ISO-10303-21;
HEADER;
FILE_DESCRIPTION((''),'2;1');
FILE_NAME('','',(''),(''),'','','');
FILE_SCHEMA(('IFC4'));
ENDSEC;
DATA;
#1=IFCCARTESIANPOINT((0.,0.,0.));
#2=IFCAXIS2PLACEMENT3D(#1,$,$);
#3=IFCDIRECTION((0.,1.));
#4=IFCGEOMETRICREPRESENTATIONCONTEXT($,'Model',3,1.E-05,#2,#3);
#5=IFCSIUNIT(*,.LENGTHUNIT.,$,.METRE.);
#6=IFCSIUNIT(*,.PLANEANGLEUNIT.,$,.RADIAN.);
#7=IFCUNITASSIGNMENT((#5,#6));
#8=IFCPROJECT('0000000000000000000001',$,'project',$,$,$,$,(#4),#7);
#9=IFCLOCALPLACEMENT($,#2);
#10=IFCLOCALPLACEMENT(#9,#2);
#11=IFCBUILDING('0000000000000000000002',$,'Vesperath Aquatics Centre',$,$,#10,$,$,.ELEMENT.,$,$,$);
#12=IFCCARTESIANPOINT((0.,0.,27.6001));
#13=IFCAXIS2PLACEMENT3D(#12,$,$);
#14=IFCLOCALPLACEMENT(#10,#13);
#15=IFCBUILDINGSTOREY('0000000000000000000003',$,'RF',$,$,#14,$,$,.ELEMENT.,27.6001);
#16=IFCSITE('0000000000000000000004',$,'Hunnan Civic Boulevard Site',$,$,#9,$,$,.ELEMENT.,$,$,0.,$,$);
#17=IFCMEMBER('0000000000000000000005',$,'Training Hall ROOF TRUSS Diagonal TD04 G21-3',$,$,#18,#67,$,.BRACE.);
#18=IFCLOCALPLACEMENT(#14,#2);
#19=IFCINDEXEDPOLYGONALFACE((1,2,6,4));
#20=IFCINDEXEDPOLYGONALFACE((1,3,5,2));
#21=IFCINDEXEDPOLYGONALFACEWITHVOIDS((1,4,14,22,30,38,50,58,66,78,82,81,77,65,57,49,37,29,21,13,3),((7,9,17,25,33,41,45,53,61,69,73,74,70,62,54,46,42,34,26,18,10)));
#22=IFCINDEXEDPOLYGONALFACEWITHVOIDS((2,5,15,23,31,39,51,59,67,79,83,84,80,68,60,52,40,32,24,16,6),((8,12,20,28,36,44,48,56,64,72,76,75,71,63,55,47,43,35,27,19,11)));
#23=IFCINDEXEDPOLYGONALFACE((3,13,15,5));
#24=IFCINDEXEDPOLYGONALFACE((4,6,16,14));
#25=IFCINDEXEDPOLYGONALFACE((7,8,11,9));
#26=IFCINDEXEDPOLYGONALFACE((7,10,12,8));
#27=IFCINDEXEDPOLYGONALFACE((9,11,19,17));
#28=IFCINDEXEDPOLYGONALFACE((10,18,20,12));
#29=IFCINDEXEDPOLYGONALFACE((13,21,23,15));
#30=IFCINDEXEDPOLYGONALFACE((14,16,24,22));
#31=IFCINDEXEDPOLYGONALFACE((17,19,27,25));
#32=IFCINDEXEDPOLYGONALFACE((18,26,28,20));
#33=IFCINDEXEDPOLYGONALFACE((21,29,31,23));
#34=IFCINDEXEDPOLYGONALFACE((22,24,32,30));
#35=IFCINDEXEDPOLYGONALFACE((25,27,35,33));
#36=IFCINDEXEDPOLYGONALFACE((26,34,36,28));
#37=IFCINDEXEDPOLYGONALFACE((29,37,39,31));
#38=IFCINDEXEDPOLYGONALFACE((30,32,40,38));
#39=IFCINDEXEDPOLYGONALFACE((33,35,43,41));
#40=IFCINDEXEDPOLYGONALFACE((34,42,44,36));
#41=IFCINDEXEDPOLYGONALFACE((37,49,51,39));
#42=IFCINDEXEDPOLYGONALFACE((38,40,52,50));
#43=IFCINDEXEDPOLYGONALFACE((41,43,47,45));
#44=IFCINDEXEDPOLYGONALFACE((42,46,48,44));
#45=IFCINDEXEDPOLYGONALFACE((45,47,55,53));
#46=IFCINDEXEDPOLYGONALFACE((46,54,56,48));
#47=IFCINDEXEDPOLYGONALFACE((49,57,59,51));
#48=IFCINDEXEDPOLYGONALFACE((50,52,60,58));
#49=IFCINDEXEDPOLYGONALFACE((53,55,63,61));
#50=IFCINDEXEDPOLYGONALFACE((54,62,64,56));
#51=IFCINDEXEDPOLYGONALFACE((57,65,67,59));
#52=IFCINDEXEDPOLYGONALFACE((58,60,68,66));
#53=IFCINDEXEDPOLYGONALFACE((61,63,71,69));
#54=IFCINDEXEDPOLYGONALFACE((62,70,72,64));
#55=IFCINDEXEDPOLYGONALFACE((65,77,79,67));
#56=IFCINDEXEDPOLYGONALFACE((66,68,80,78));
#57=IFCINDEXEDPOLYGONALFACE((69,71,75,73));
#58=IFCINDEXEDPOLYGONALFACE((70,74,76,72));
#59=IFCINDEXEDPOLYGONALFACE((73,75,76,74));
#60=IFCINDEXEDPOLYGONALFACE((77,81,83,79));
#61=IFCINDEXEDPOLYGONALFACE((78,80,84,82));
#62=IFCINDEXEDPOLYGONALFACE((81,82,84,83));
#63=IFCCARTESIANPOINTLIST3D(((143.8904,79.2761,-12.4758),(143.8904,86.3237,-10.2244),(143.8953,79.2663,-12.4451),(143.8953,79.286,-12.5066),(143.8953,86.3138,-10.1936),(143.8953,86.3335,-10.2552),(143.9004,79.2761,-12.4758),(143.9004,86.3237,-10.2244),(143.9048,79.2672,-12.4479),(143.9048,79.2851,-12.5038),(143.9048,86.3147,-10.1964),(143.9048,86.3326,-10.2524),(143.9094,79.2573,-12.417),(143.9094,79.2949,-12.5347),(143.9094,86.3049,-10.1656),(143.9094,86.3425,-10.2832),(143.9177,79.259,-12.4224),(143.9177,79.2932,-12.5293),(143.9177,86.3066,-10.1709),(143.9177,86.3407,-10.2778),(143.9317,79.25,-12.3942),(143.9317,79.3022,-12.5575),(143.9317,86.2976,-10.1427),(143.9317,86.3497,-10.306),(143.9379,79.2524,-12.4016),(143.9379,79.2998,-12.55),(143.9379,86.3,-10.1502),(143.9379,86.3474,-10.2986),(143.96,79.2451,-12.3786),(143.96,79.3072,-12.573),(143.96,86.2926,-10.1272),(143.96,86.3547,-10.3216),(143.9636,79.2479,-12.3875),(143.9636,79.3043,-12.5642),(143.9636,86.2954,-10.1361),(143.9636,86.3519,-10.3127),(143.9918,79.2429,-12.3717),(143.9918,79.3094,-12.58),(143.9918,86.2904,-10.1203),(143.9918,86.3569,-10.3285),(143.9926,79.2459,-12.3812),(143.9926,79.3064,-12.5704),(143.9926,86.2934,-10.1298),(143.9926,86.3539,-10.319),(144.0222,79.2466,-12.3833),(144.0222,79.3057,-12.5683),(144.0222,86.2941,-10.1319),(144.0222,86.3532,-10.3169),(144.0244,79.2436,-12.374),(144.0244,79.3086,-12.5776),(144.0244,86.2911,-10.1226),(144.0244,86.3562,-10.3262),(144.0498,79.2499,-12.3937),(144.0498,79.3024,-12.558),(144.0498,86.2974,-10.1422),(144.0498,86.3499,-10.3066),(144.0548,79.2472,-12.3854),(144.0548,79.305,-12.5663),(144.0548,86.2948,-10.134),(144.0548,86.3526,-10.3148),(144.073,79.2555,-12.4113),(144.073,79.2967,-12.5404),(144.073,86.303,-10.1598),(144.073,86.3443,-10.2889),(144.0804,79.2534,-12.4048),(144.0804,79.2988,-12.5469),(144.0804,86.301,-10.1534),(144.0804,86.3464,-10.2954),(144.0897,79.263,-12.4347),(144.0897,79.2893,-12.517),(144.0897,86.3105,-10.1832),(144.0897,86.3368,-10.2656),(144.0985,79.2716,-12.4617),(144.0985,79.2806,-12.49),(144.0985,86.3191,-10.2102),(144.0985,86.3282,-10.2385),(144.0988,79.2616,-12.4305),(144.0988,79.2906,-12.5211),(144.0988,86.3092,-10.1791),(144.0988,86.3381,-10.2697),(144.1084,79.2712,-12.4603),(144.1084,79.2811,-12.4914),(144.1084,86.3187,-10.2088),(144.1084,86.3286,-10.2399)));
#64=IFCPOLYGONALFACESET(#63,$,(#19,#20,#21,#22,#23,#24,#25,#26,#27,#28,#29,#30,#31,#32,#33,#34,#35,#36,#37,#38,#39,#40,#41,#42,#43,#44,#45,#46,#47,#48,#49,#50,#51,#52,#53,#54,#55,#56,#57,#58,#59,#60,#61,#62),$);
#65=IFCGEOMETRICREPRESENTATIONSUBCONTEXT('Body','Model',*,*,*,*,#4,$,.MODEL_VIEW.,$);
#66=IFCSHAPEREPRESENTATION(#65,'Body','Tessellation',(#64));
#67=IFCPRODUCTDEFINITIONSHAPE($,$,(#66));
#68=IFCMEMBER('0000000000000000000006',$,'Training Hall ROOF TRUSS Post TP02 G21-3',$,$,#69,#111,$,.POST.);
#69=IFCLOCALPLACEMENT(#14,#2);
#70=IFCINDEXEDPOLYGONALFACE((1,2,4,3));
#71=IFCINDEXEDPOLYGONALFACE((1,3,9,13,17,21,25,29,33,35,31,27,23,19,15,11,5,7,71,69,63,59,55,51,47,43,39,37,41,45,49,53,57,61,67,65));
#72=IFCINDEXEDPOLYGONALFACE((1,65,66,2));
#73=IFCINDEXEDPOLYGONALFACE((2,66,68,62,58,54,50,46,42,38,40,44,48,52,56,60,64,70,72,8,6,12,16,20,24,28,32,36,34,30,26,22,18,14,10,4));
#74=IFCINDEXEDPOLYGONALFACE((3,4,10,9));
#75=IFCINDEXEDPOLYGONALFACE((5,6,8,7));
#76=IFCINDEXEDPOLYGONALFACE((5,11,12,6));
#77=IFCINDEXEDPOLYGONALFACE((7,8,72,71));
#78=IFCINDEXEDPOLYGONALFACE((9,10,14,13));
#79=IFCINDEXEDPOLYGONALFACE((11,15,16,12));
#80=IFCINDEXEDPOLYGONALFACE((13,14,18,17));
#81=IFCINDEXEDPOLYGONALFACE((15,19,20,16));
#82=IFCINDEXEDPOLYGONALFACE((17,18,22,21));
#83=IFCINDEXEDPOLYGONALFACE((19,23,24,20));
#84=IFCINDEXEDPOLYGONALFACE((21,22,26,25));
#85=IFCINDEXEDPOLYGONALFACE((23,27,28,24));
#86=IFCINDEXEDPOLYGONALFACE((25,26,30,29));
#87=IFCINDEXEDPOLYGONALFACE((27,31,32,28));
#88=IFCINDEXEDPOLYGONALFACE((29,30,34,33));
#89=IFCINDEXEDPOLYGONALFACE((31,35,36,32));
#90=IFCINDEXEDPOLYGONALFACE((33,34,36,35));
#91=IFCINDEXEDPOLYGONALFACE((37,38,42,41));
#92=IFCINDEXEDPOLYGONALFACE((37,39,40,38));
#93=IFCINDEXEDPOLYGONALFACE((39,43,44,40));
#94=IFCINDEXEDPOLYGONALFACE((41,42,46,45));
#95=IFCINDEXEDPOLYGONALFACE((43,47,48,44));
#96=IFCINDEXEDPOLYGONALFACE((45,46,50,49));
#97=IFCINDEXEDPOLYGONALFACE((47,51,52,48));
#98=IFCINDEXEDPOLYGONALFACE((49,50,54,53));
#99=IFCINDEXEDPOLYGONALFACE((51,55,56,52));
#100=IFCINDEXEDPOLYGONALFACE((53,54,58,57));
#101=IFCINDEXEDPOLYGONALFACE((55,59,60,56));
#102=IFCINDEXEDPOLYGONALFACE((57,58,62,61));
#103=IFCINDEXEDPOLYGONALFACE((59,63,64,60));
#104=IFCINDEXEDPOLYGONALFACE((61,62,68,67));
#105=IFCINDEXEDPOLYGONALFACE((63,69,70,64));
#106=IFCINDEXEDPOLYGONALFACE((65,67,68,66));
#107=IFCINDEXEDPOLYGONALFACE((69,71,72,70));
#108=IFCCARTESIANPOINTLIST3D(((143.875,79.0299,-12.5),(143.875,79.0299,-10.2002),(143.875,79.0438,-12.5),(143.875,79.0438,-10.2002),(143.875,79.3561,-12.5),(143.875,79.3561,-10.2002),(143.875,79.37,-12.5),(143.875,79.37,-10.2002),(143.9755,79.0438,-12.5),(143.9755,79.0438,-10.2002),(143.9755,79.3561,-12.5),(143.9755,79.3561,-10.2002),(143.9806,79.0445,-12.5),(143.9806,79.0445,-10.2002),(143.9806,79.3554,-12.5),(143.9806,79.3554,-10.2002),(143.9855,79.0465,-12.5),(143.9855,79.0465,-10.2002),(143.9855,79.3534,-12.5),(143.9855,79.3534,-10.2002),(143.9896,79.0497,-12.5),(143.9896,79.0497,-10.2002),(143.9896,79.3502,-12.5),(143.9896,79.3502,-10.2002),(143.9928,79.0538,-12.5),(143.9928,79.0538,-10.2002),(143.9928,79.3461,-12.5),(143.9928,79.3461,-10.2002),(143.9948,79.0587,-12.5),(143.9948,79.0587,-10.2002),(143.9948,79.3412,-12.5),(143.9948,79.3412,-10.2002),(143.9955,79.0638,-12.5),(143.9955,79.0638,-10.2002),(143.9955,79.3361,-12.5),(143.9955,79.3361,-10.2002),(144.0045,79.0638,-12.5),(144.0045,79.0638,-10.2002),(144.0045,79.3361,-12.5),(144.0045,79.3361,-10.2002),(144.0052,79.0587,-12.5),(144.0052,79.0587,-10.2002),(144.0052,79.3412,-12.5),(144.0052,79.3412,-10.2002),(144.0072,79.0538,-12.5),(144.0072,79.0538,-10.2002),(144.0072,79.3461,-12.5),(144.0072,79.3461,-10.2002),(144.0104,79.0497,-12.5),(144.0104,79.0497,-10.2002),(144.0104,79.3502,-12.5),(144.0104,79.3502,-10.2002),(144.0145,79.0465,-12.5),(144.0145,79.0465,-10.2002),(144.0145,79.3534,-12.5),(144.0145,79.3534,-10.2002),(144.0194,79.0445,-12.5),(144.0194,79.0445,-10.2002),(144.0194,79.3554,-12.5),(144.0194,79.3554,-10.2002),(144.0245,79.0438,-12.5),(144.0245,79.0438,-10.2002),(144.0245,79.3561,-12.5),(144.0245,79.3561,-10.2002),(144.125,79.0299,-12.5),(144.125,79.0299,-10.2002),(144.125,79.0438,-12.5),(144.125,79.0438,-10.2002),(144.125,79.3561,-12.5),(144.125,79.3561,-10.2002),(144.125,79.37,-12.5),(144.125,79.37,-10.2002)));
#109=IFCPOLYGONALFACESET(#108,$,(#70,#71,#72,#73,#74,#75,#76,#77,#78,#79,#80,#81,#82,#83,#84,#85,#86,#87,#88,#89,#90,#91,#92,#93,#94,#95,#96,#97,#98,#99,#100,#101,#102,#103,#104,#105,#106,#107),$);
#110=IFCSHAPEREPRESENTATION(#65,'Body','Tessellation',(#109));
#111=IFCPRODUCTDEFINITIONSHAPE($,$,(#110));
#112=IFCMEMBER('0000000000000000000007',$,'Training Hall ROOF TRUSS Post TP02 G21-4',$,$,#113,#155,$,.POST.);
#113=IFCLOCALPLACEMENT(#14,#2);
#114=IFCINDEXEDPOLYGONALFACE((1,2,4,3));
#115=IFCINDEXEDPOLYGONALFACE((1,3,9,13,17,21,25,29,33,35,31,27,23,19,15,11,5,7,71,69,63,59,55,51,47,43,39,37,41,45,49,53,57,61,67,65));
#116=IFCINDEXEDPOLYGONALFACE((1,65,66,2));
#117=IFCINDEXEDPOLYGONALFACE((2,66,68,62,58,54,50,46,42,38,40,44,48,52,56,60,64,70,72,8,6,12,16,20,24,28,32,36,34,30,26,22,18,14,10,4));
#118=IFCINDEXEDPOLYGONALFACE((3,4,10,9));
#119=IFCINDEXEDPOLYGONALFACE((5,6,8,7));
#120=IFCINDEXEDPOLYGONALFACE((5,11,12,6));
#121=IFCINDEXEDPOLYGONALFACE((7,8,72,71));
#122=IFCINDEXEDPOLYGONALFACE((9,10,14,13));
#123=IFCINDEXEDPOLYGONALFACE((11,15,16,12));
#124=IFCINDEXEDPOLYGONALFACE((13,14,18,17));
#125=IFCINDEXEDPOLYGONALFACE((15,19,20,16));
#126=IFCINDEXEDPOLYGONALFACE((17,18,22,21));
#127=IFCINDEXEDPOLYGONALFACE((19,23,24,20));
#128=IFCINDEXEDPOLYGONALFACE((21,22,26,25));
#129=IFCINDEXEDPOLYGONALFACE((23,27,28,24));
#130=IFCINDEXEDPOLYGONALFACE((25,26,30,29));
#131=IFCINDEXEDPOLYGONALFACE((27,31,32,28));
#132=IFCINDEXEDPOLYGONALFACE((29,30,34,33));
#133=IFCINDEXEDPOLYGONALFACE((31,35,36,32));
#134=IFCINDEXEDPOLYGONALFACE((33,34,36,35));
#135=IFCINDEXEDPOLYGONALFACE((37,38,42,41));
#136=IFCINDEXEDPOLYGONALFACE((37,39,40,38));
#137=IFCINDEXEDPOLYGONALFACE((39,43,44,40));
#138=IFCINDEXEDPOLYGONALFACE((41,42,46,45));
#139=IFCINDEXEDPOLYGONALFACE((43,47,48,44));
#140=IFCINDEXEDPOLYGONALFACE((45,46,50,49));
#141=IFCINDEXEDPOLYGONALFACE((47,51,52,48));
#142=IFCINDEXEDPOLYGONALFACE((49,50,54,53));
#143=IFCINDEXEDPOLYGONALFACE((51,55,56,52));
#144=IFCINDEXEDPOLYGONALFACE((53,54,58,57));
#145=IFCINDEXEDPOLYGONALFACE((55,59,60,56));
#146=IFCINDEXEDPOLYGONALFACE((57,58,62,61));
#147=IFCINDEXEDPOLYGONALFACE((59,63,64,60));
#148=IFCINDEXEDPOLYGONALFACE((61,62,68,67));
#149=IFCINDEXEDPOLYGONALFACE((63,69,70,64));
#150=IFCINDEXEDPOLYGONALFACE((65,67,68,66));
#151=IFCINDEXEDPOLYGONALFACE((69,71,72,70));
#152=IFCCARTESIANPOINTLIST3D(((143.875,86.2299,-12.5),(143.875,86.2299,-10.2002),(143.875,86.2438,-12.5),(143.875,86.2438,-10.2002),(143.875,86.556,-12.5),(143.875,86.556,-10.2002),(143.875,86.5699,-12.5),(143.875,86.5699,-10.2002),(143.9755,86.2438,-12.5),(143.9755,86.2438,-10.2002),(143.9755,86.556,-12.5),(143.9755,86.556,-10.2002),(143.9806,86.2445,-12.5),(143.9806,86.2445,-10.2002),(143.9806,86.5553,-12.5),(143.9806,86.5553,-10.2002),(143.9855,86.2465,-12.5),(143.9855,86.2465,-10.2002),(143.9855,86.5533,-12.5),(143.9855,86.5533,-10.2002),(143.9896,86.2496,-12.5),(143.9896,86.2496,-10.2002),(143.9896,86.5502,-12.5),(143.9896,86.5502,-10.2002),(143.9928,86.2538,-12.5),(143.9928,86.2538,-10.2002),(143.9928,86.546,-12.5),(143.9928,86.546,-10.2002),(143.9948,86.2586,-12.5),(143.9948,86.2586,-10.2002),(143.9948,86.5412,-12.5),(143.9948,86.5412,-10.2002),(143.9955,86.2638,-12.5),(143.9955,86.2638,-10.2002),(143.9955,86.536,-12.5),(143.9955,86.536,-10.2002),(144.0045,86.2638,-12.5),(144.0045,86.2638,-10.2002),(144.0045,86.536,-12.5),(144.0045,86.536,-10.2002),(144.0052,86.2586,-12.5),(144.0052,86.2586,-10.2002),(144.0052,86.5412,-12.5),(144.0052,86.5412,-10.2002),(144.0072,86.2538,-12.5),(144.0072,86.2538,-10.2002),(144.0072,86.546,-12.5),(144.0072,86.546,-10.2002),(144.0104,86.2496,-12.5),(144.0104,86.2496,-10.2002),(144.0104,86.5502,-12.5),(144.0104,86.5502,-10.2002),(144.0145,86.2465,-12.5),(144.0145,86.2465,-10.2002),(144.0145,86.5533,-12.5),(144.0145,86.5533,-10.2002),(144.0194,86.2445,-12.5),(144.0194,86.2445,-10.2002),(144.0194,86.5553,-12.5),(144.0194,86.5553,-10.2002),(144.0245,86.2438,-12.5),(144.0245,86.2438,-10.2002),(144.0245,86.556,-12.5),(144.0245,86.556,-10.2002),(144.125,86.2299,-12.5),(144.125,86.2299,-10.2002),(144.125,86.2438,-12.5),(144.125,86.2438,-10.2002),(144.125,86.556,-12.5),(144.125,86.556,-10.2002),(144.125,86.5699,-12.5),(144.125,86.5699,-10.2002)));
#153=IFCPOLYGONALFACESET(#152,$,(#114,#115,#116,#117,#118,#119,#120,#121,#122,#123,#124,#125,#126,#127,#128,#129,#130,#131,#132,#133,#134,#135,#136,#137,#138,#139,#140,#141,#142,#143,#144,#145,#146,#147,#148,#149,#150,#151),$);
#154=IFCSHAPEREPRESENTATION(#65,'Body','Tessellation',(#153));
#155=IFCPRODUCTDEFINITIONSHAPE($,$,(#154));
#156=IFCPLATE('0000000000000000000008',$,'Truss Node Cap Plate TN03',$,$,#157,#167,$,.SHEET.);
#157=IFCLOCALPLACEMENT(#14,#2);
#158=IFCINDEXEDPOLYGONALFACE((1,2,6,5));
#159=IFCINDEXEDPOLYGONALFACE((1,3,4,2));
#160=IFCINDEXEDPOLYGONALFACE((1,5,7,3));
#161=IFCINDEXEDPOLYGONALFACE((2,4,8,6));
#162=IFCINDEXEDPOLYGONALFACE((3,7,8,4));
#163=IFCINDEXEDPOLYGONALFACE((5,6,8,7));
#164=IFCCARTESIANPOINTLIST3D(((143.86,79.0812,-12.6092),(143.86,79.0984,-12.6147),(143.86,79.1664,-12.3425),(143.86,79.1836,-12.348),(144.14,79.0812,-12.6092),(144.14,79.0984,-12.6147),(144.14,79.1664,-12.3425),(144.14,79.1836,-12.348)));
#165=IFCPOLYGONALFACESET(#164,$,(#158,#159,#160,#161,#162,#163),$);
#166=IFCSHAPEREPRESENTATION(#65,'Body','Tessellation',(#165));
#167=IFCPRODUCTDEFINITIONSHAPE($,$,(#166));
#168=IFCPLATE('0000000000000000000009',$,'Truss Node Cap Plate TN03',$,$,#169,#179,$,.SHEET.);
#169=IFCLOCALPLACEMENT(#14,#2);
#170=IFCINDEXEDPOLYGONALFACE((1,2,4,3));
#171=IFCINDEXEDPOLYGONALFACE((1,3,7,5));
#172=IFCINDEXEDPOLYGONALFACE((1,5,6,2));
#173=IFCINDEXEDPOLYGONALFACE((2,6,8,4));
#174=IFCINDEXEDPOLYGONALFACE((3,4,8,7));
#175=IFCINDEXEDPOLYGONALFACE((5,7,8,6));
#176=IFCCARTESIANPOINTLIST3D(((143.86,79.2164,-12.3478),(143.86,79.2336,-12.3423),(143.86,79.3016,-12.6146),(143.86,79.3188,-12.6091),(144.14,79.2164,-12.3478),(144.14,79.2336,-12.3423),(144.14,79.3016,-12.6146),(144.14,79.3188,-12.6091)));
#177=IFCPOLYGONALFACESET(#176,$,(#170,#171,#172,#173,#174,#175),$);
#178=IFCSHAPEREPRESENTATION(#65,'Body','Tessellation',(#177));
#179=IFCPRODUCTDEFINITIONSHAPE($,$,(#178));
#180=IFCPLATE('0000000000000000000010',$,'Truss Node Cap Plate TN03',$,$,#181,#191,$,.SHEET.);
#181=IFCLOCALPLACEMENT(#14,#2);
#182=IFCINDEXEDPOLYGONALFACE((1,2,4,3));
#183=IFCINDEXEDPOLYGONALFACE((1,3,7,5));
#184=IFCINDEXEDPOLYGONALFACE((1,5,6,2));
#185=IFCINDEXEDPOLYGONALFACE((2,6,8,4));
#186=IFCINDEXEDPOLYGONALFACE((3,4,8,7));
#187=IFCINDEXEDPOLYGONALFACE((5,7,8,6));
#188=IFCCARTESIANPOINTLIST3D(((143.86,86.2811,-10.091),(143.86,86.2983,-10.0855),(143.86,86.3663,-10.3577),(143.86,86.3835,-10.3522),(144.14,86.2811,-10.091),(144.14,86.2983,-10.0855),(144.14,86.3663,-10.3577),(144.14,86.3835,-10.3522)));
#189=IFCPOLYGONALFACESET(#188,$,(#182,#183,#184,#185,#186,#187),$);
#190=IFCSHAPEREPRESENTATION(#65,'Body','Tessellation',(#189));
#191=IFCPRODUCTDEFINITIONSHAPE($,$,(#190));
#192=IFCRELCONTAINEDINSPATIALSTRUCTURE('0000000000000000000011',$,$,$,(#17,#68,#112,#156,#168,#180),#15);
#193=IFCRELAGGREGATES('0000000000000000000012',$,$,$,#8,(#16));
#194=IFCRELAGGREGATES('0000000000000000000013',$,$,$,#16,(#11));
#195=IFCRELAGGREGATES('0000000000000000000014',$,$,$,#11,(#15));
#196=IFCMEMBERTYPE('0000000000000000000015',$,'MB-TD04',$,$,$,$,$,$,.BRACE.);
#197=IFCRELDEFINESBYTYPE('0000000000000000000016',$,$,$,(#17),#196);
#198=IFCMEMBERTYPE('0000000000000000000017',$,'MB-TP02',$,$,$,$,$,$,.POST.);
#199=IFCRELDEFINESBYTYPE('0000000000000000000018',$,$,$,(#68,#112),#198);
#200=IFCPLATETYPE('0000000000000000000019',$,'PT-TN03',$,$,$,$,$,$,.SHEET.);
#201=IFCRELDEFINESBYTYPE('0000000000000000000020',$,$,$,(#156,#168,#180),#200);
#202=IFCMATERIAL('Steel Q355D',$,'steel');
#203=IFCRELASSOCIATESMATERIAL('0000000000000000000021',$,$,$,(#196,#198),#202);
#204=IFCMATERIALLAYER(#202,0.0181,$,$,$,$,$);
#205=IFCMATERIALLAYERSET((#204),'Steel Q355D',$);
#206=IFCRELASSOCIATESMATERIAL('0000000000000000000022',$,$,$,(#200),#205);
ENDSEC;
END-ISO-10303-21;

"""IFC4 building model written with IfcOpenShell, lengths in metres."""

from ifc_helpers import new_model, si_unit, direction, frame, origin, origin_2d, place, context, subcontext, project, spatial, rectangle, hollow_circle, i_section, extrude, material, layer, layer_set, material_profile, profile_set, type_object, element, save


model = new_model("IFC4")

# Units and contexts
model_context = context("Model", 3, precision=1e-05, world=origin(), true_north=direction((0.0, 1.0)))
body_context = subcontext(model_context, "Body", "Model", "MODEL_VIEW")
ifc_project = project(units=[si_unit("LENGTHUNIT", "METRE"), si_unit("PLANEANGLEUNIT", "RADIAN")], contexts=[model_context])

# Site, building, storey
site_placement = place(None, origin())
site = spatial("IfcSite", under=ifc_project, at=site_placement, Name="Hunnan Civic Boulevard Site", CompositionType="ELEMENT", RefElevation=0.0)
building_placement = place(site_placement, origin())
building = spatial("IfcBuilding", under=site, at=building_placement, Name="Vesperath Aquatics Centre", CompositionType="ELEMENT")
storey_placement = place(building_placement, frame((0.0, 0.0, 27.6001)))
storey = spatial("IfcBuildingStorey", under=building, at=storey_placement, Name="RF", CompositionType="ELEMENT", Elevation=27.6001)

# Members
ifc_material_1 = material(Name="Steel Q355D", Category="steel")
ifc_material_profile_1 = material_profile(ifc_material_1, hollow_circle(Radius=0.1096, WallThickness=0.01, at=origin_2d()), Name="CHS 219.1x10")
ifc_profile_set_1 = profile_set([ifc_material_profile_1], Name="Steel Q355D")
member_type_1 = type_object("IfcMemberType", Name="MB-TD04", PredefinedType="BRACE", material=ifc_profile_set_1)
member_1_placement = place(storey_placement, frame((144.0, 79.2761, -12.4758), z_axis=(0.0, 0.952572, 0.304314), x_axis=(-1.0, 0.0, 0.0)))
element("IfcMember", 1, at=member_1_placement, inside=storey, type_object=member_type_1, Name="Training Hall ROOF TRUSS Diagonal TD04 G21-3", PredefinedType="BRACE", context=body_context, shape_type="SweptSolid", body=[
    extrude(hollow_circle(Radius=0.1096, WallThickness=0.01, at=origin_2d()), origin(), (0.0, 0.0, 1.0), 7.3984),
])
ifc_material_profile_2 = material_profile(ifc_material_1, i_section(OverallWidth=0.25, OverallDepth=0.3401, WebThickness=0.009, FlangeThickness=0.0139, FilletRadius=0.02, at=origin_2d()), Name="HM 340x250x9x14")
ifc_profile_set_2 = profile_set([ifc_material_profile_2], Name="Steel Q355D")
member_type_2 = type_object("IfcMemberType", Name="MB-TP02", PredefinedType="POST", material=ifc_profile_set_2)
for number, where, z_axis, x_axis, name in (
    (2, (144.0, 79.2, -12.5), (0.0, 0.0, 1.0), (1.0, 0.0, 0.0), "Training Hall ROOF TRUSS Post TP02 G21-3"),
    (3, (144.0, 86.3999, -12.5), (0.0, 0.0, 1.0), (1.0, 0.0, 0.0), "Training Hall ROOF TRUSS Post TP02 G21-4"),
):
    element("IfcMember", number, at=place(storey_placement, frame(where, z_axis=z_axis, x_axis=x_axis)), inside=storey, type_object=member_type_2, Name=name, PredefinedType="POST", context=body_context, shape_type="SweptSolid", body=[
        extrude(i_section(OverallWidth=0.25, OverallDepth=0.3401, WebThickness=0.009, FlangeThickness=0.0139, FilletRadius=0.02, at=origin_2d()), origin(), (0.0, 0.0, 1.0), 2.2998),
    ])

# Plates
ifc_layer = layer(ifc_material_1, 0.0181)
ifc_layer_set = layer_set([ifc_layer], Name="Steel Q355D")
plate_type = type_object("IfcPlateType", Name="PT-TN03", PredefinedType="SHEET", material=ifc_layer_set)
for number, where, z_axis, x_axis, name in (
    (4, (144.0, 79.1238, -12.4758), (0.0, 0.952578, -0.304296), (-1.0, 0.0, 0.0), "Truss Node Cap Plate TN03"),
    (5, (144.0, 79.259, -12.4812), (0.0, 0.952578, 0.304296), (-1.0, 0.0, 0.0), "Truss Node Cap Plate TN03"),
    (6, (144.0, 86.3237, -10.2244), (0.0, 0.952578, 0.304296), (-1.0, 0.0, 0.0), "Truss Node Cap Plate TN03"),
):
    element("IfcPlate", number, at=place(storey_placement, frame(where, z_axis=z_axis, x_axis=x_axis)), inside=storey, type_object=plate_type, Name=name, PredefinedType="SHEET", context=body_context, shape_type="SweptSolid", body=[
        extrude(rectangle(XDim=0.28, YDim=0.28, at=origin_2d()), origin(), (0.0, 0.0, 1.0), 0.0181),
    ])

save(model, "model.ifc")
